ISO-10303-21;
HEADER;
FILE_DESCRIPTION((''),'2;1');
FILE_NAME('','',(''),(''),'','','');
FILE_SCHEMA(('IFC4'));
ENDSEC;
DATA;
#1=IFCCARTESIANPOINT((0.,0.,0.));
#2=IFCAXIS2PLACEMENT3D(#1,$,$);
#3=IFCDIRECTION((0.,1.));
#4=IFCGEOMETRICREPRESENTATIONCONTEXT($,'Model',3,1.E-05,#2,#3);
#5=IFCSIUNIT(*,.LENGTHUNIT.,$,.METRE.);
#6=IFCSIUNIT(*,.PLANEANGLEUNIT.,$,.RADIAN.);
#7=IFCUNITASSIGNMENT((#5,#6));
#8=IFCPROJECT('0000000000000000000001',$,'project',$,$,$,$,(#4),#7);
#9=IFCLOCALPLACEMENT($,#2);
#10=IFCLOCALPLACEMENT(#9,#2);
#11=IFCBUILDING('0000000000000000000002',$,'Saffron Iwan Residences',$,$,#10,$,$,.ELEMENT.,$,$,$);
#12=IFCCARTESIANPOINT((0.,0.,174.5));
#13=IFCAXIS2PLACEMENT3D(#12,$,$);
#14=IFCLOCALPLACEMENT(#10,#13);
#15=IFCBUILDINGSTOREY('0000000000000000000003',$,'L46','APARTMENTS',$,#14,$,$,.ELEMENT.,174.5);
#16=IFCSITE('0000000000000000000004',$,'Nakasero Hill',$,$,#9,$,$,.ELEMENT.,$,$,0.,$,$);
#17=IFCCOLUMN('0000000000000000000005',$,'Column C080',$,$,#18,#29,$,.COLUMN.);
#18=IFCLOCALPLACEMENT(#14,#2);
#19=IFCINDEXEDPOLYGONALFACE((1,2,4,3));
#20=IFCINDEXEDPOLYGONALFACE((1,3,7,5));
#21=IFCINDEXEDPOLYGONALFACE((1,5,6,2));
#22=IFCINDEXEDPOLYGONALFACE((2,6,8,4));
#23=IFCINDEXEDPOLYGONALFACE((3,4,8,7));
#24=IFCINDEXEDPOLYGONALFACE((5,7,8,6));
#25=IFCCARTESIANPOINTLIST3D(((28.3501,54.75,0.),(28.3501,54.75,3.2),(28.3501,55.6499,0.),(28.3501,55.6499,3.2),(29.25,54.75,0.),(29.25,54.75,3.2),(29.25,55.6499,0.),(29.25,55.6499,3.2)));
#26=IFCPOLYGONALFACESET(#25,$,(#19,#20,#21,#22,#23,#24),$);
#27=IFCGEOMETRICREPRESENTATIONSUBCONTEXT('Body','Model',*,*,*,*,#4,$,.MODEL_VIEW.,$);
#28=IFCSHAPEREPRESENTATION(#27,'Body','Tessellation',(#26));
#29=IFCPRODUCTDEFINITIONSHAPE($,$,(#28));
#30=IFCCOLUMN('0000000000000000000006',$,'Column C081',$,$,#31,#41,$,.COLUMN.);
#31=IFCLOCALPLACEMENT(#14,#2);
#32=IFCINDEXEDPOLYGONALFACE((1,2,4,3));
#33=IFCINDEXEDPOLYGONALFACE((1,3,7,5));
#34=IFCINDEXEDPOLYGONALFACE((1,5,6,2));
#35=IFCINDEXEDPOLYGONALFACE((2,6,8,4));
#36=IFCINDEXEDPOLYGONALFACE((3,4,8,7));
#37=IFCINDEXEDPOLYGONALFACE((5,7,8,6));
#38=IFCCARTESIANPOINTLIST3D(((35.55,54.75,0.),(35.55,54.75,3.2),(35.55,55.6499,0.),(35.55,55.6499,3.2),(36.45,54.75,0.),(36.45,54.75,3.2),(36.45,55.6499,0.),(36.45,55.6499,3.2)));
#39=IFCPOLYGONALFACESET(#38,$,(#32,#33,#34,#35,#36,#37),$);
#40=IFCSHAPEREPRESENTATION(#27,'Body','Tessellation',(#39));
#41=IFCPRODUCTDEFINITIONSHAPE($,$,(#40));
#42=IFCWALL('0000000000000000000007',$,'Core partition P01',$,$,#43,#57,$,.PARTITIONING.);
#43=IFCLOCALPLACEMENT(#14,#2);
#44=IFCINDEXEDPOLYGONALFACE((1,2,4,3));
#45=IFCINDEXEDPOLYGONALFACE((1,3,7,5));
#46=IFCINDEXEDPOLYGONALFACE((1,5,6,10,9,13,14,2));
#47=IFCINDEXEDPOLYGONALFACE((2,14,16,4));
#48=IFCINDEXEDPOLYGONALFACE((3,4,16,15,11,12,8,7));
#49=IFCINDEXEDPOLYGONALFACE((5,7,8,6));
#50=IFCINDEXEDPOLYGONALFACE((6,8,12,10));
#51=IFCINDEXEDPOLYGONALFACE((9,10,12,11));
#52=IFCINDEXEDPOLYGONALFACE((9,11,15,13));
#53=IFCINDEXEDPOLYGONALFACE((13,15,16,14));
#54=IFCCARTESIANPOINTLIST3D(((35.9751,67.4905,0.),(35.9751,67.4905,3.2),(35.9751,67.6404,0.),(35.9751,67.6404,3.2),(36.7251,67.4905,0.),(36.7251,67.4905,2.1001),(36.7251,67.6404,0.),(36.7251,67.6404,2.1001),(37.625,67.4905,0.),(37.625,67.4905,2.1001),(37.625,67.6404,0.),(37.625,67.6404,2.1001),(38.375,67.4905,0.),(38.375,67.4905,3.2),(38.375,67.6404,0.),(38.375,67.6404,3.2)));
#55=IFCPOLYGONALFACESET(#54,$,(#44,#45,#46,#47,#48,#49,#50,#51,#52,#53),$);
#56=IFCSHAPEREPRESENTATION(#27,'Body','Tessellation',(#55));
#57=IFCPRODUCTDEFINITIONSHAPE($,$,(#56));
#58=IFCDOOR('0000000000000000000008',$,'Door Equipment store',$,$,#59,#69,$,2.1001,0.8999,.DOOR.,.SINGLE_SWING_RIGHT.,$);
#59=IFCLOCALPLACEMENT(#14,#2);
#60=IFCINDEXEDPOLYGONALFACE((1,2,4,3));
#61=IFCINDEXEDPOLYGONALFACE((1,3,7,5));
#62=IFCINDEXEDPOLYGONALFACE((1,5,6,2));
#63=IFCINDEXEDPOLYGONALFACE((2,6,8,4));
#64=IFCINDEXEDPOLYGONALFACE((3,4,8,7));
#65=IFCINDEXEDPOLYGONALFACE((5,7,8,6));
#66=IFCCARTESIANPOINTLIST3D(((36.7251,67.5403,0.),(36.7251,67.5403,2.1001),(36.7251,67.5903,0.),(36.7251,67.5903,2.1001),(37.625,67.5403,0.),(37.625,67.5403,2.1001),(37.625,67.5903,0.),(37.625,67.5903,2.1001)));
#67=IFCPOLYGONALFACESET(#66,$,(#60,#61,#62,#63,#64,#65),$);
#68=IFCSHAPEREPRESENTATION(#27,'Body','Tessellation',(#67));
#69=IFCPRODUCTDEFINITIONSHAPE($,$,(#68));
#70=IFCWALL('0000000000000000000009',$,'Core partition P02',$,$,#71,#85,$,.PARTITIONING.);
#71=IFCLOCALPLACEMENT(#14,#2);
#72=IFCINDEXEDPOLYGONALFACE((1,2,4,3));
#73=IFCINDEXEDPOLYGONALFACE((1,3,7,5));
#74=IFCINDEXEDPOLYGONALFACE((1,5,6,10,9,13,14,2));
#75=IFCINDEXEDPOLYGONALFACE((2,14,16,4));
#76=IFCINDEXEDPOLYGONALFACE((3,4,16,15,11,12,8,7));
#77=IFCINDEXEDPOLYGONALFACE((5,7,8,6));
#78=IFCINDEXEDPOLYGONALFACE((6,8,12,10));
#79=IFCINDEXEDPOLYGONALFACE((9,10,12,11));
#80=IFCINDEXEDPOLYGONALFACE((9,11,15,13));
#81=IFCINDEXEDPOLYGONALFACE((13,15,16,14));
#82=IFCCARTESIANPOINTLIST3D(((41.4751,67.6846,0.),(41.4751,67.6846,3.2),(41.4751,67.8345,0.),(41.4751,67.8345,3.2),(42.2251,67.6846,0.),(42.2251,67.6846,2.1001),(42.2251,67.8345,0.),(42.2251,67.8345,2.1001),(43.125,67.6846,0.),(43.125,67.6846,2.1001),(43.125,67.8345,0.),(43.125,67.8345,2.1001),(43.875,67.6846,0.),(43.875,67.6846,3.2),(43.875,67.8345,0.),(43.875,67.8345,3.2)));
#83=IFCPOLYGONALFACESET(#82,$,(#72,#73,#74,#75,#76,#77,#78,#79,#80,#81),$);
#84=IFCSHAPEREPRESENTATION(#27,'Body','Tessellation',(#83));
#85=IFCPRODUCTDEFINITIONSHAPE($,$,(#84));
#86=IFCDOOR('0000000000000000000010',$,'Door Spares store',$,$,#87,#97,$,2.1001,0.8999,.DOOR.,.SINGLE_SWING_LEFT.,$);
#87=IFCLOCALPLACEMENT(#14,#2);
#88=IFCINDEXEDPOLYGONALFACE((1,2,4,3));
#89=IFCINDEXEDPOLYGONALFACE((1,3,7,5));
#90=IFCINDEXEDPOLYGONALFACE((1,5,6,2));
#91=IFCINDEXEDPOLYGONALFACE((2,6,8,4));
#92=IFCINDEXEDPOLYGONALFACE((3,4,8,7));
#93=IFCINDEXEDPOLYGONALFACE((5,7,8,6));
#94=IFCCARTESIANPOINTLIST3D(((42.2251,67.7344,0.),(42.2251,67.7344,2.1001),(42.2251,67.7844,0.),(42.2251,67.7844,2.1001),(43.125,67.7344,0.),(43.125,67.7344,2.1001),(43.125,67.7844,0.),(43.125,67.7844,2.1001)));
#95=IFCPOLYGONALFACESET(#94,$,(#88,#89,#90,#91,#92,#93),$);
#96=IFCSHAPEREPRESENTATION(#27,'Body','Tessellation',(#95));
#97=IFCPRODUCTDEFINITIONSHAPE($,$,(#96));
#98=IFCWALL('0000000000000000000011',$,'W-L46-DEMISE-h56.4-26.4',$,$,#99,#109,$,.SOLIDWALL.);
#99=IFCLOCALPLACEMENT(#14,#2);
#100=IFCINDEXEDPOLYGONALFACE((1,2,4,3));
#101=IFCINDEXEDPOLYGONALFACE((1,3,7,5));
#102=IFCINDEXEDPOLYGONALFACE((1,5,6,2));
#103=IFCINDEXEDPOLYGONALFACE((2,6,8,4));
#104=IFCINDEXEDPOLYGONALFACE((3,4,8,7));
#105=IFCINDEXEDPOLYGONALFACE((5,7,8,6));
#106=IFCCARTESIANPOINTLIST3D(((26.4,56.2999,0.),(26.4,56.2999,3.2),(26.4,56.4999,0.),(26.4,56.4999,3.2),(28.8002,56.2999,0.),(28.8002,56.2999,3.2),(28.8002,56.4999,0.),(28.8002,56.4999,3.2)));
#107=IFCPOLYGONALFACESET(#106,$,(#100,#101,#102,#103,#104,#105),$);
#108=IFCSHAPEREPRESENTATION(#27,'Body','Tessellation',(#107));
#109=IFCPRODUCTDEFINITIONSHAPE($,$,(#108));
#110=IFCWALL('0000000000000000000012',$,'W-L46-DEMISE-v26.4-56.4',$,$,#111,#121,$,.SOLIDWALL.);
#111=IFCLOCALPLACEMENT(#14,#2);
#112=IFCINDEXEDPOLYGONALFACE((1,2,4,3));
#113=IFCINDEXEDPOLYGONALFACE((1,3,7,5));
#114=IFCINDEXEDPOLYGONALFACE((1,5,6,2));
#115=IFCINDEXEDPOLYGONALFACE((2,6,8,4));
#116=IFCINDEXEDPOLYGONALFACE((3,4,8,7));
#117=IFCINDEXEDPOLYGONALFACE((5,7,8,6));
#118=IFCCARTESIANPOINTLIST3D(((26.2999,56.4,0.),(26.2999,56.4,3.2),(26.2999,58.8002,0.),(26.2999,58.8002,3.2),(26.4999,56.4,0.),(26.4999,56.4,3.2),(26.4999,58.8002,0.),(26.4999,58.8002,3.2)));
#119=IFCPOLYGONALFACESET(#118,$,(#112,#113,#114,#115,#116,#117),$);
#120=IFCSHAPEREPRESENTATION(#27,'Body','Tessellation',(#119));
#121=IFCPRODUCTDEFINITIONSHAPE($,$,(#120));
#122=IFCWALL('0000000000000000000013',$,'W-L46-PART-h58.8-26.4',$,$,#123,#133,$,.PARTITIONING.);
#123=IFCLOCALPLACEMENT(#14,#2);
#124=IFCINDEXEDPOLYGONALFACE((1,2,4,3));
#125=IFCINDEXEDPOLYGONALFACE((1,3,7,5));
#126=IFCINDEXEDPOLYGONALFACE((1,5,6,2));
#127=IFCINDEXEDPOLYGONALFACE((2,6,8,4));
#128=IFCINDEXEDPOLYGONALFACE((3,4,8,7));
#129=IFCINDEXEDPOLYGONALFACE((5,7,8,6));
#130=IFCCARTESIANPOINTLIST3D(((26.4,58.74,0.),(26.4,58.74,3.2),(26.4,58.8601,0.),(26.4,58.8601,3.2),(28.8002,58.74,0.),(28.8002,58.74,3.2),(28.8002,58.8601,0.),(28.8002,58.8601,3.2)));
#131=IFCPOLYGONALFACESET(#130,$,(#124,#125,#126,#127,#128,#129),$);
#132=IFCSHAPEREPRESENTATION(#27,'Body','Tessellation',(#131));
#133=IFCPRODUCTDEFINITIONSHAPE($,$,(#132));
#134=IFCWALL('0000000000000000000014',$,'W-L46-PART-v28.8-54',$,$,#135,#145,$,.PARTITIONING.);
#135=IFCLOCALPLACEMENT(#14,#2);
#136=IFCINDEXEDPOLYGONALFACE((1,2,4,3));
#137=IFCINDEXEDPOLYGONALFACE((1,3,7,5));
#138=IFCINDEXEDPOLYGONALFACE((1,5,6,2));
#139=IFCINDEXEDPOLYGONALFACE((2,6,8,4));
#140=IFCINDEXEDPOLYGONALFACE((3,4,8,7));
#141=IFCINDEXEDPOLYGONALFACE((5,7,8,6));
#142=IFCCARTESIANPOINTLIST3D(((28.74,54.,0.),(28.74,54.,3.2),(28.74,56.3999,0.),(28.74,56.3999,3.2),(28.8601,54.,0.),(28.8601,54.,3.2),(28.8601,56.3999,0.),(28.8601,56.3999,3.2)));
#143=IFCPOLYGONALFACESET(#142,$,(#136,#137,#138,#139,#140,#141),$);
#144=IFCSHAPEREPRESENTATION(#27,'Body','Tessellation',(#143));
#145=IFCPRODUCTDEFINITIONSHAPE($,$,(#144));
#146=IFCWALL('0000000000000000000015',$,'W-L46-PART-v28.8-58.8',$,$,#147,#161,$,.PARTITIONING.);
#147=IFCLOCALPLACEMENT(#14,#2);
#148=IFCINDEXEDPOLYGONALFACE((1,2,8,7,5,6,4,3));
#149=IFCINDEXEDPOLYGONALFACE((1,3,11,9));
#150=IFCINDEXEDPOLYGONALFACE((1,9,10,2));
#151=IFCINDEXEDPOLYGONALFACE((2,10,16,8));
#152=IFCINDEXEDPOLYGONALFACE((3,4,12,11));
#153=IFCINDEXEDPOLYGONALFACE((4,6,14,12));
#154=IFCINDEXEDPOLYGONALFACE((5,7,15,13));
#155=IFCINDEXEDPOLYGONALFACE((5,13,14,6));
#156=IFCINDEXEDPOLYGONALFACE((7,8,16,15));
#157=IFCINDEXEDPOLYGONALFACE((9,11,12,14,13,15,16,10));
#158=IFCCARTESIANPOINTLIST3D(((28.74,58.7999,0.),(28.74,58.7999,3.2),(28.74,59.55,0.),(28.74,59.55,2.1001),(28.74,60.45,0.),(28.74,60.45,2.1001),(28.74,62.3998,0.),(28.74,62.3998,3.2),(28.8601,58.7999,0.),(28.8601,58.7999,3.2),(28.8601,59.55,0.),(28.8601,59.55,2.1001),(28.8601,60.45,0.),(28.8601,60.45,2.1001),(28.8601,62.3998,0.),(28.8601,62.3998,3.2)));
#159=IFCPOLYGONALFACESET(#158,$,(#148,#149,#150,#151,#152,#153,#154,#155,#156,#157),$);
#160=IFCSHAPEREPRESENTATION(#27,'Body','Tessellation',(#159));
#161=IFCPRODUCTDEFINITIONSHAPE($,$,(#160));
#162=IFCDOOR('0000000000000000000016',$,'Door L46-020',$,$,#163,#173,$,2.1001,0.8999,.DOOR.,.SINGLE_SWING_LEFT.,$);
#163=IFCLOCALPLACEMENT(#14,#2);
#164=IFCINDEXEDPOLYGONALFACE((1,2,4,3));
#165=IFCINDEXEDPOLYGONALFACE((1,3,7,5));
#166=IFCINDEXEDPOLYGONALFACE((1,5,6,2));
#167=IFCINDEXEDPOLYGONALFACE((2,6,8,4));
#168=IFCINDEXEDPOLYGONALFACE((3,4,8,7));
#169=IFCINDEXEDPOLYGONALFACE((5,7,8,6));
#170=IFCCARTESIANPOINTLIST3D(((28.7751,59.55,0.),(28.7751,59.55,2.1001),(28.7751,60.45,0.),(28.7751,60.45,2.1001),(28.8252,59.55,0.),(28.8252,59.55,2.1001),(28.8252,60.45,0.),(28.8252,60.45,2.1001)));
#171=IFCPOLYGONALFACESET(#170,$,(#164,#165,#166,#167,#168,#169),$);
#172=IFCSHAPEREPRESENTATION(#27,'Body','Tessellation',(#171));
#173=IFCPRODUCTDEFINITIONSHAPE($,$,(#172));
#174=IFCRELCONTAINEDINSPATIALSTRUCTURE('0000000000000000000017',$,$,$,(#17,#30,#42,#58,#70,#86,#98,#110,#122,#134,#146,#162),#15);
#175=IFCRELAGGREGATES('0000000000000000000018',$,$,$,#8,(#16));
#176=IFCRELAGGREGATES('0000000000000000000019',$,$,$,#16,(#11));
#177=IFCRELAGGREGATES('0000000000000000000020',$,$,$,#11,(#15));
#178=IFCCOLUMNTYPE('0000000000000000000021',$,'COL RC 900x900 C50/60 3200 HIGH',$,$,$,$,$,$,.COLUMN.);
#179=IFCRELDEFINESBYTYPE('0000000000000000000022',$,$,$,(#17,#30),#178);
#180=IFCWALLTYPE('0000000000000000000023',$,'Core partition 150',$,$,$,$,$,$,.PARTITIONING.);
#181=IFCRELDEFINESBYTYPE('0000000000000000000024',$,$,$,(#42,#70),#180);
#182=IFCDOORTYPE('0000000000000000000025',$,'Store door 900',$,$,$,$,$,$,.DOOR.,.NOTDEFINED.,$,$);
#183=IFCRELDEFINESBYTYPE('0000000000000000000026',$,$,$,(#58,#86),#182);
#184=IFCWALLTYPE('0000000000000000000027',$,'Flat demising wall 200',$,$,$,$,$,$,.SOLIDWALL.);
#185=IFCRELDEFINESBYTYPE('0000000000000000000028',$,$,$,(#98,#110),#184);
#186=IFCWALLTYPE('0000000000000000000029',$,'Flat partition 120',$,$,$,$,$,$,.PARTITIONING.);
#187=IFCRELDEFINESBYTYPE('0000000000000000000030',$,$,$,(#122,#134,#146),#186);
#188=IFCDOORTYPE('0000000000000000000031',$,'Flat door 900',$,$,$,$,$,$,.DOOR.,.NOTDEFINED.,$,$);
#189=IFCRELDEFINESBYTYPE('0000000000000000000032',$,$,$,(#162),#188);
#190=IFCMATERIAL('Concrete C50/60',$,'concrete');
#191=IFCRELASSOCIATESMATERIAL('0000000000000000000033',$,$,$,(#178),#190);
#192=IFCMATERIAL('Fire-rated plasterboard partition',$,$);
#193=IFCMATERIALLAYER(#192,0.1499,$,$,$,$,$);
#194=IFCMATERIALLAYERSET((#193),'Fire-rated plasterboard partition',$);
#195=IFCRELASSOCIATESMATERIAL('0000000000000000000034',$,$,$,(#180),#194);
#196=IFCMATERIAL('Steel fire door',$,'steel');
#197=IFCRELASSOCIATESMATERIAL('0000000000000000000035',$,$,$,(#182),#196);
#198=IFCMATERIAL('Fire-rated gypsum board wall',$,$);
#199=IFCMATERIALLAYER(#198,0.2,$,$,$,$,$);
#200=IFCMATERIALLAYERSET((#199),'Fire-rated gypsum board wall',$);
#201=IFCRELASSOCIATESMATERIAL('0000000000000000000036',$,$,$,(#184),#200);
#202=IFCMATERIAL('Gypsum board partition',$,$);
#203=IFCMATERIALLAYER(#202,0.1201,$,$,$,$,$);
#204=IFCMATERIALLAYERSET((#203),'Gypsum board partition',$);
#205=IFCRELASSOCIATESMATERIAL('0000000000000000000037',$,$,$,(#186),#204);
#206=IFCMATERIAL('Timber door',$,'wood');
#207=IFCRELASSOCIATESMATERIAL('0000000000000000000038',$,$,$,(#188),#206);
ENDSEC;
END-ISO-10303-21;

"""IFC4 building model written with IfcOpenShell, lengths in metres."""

from ifc_helpers import new_model, si_unit, direction, frame, frame_2d, origin, origin_2d, place, context, subcontext, project, spatial, rectangle, extrude, source, transform, mapped, material, layer, layer_set, material_profile, profile_set, type_object, element, fill, save


model = new_model("IFC4")

# Units and contexts
model_context = context("Model", 3, precision=1e-05, world=origin(), true_north=direction((0.0, 1.0)))
body_context = subcontext(model_context, "Body", "Model", "MODEL_VIEW")
ifc_project = project(units=[si_unit("LENGTHUNIT", "METRE"), si_unit("PLANEANGLEUNIT", "RADIAN")], contexts=[model_context])

# Site, building, storey
site_placement = place(None, origin())
site = spatial("IfcSite", under=ifc_project, at=site_placement, Name="Nakasero Hill", CompositionType="ELEMENT", RefElevation=0.0)
building_placement = place(site_placement, origin())
building = spatial("IfcBuilding", under=site, at=building_placement, Name="Saffron Iwan Residences", CompositionType="ELEMENT")
storey_placement = place(building_placement, frame((0.0, 0.0, 174.5)))
storey = spatial("IfcBuildingStorey", under=building, at=storey_placement, Name="L46", Description="APARTMENTS", CompositionType="ELEMENT", Elevation=174.5)

# Columns
ifc_material_1 = material(Name="Concrete C50/60", Category="concrete")
ifc_material_profile = material_profile(ifc_material_1, rectangle(XDim=0.8999, YDim=0.8999, at=origin_2d()), Name="RC 900x900")
ifc_profile_set = profile_set([ifc_material_profile], Name="Concrete C50/60")
column_type = type_object("IfcColumnType", Name="COL RC 900x900 C50/60 3200 HIGH", PredefinedType="COLUMN", material=ifc_profile_set)
shared_shape = source(origin(), body_context, "Body", "SweptSolid", [
    extrude(rectangle(XDim=0.8999, YDim=0.8999, at=origin_2d()), origin(), (0.0, 0.0, 1.0), 3.2),
])
for number, where, z_axis, x_axis, name in (
    (1, (28.8, 55.2, 0.0), (0.0, 0.0, 1.0), (1.0, 0.0, 0.0), "Column C080"),
    (2, (36.0, 55.2, 0.0), (0.0, 0.0, 1.0), (1.0, 0.0, 0.0), "Column C081"),
):
    element("IfcColumn", number, at=place(storey_placement, frame(where, z_axis=z_axis, x_axis=x_axis)), inside=storey, type_object=column_type, Name=name, PredefinedType="COLUMN", context=body_context, shape_type="MappedRepresentation", body=[
        mapped(shared_shape, transform((0.0, 0.0, 0.0))),
    ])

# Walls, openings, doors
ifc_material_2 = material(Name="Fire-rated plasterboard partition")
ifc_layer_1 = layer(ifc_material_2, 0.1499)
ifc_layer_set_1 = layer_set([ifc_layer_1], Name="Fire-rated plasterboard partition")
wall_type_1 = type_object("IfcWallType", Name="Core partition 150", PredefinedType="PARTITIONING", material=ifc_layer_set_1)
wall_1_placement = place(storey_placement, frame((35.9751, 67.5654, 0.0), z_axis=(0.0, 0.0, 1.0), x_axis=(1.0, 0.0, 0.0)))
wall_1 = element("IfcWall", 3, at=wall_1_placement, inside=storey, type_object=wall_type_1, Name="Core partition P01", PredefinedType="PARTITIONING", context=body_context, shape_type="SweptSolid", body=[
    extrude(rectangle(XDim=2.3999, YDim=0.1499, at=frame_2d((1.2, 0.0))), origin(), (0.0, 0.0, 1.0), 3.2),
])
opening_1_placement = place(wall_1_placement, frame((0.75, 0.0, 0.0)))
opening_1 = element("IfcOpeningElement", 4, at=opening_1_placement, cuts=wall_1, PredefinedType="OPENING", context=body_context, shape_type="SweptSolid", body=[
    extrude(rectangle(XDim=0.8999, YDim=2.1001, at=frame_2d((0.45, 1.05))), frame((0.0, 0.085, 0.0), z_axis=(0.0, -1.0, 0.0), x_axis=(1.0, 0.0, 0.0)), (0.0, 0.0, 1.0), 0.1699),
])
ifc_material_3 = material(Name="Steel fire door", Category="steel")
door_type_1 = type_object("IfcDoorType", Name="Store door 900", OperationType="NOTDEFINED", PredefinedType="DOOR", material=ifc_material_3)
door_1_placement = place(opening_1_placement, origin())
door_1 = element("IfcDoor", 5, at=door_1_placement, inside=storey, type_object=door_type_1, Name="Door Equipment store", OperationType="SINGLE_SWING_RIGHT", OverallHeight=2.1001, OverallWidth=0.8999, PredefinedType="DOOR", context=body_context, shape_type="SweptSolid", body=[
    extrude(rectangle(XDim=0.8999, YDim=2.1001, at=frame_2d((0.45, 1.05))), frame((0.0, 0.0249, 0.0), z_axis=(0.0, -1.0, 0.0), x_axis=(1.0, 0.0, 0.0)), (0.0, 0.0, 1.0), 0.05),
])
fill(opening_1, door_1)
wall_2_placement = place(storey_placement, frame((41.4751, 67.7595, 0.0), z_axis=(0.0, 0.0, 1.0), x_axis=(1.0, 0.0, 0.0)))
wall_2 = element("IfcWall", 6, at=wall_2_placement, inside=storey, type_object=wall_type_1, Name="Core partition P02", PredefinedType="PARTITIONING", context=body_context, shape_type="SweptSolid", body=[
    extrude(rectangle(XDim=2.3999, YDim=0.1499, at=frame_2d((1.2, 0.0))), origin(), (0.0, 0.0, 1.0), 3.2),
])
opening_2_placement = place(wall_2_placement, frame((0.75, 0.0, 0.0)))
opening_2 = element("IfcOpeningElement", 7, at=opening_2_placement, cuts=wall_2, PredefinedType="OPENING", context=body_context, shape_type="SweptSolid", body=[
    extrude(rectangle(XDim=0.8999, YDim=2.1001, at=frame_2d((0.45, 1.05))), frame((0.0, 0.085, 0.0), z_axis=(0.0, -1.0, 0.0), x_axis=(1.0, 0.0, 0.0)), (0.0, 0.0, 1.0), 0.1699),
])
door_2_placement = place(opening_2_placement, origin())
door_2 = element("IfcDoor", 8, at=door_2_placement, inside=storey, type_object=door_type_1, Name="Door Spares store", OperationType="SINGLE_SWING_LEFT", OverallHeight=2.1001, OverallWidth=0.8999, PredefinedType="DOOR", context=body_context, shape_type="SweptSolid", body=[
    extrude(rectangle(XDim=0.8999, YDim=2.1001, at=frame_2d((0.45, 1.05))), frame((0.0, 0.0249, 0.0), z_axis=(0.0, -1.0, 0.0), x_axis=(1.0, 0.0, 0.0)), (0.0, 0.0, 1.0), 0.05),
])
fill(opening_2, door_2)

# Walls
ifc_material_4 = material(Name="Fire-rated gypsum board wall")
ifc_layer_2 = layer(ifc_material_4, 0.2)
ifc_layer_set_2 = layer_set([ifc_layer_2], Name="Fire-rated gypsum board wall")
wall_type_2 = type_object("IfcWallType", Name="Flat demising wall 200", PredefinedType="SOLIDWALL", material=ifc_layer_set_2)
for number, where, z_axis, x_axis, name in (
    (9, (26.3999, 56.3999, 0.0), (0.0, 0.0, 1.0), (1.0, 0.0, 0.0), "W-L46-DEMISE-h56.4-26.4"),
    (10, (26.3999, 56.3999, 0.0), (0.0, 0.0, 1.0), (0.0, 1.0, 0.0), "W-L46-DEMISE-v26.4-56.4"),
):
    element("IfcWall", number, at=place(storey_placement, frame(where, z_axis=z_axis, x_axis=x_axis)), inside=storey, type_object=wall_type_2, Name=name, PredefinedType="SOLIDWALL", context=body_context, shape_type="SweptSolid", body=[
        extrude(rectangle(XDim=2.4001, YDim=0.2, at=frame_2d((1.2002, 0.0))), origin(), (0.0, 0.0, 1.0), 3.2),
    ])
ifc_material_5 = material(Name="Gypsum board partition")
ifc_layer_3 = layer(ifc_material_5, 0.1201)
ifc_layer_set_3 = layer_set([ifc_layer_3], Name="Gypsum board partition")
wall_type_3 = type_object("IfcWallType", Name="Flat partition 120", PredefinedType="PARTITIONING", material=ifc_layer_set_3)
wall_3_placement = place(storey_placement, frame((26.3999, 58.8, 0.0), z_axis=(0.0, 0.0, 1.0), x_axis=(1.0, 0.0, 0.0)))
element("IfcWall", 11, at=wall_3_placement, inside=storey, type_object=wall_type_3, Name="W-L46-PART-h58.8-26.4", PredefinedType="PARTITIONING", context=body_context, shape_type="SweptSolid", body=[
    extrude(rectangle(XDim=2.4001, YDim=0.1201, at=frame_2d((1.2002, 0.0))), origin(), (0.0, 0.0, 1.0), 3.2),
])
wall_4_placement = place(storey_placement, frame((28.8, 54.0, 0.0), z_axis=(0.0, 0.0, 1.0), x_axis=(0.0, 1.0, 0.0)))
element("IfcWall", 12, at=wall_4_placement, inside=storey, type_object=wall_type_3, Name="W-L46-PART-v28.8-54", PredefinedType="PARTITIONING", context=body_context, shape_type="SweptSolid", body=[
    extrude(rectangle(XDim=2.3999, YDim=0.1201, at=frame_2d((1.2, 0.0))), origin(), (0.0, 0.0, 1.0), 3.2),
])

# Wall, opening, door
wall_5_placement = place(storey_placement, frame((28.8, 58.8, 0.0), z_axis=(0.0, 0.0, 1.0), x_axis=(0.0, 1.0, 0.0)))
wall_5 = element("IfcWall", 13, at=wall_5_placement, inside=storey, type_object=wall_type_3, Name="W-L46-PART-v28.8-58.8", PredefinedType="PARTITIONING", context=body_context, shape_type="SweptSolid", body=[
    extrude(rectangle(XDim=3.5999, YDim=0.1201, at=frame_2d((1.7998, 0.0))), origin(), (0.0, 0.0, 1.0), 3.2),
])
opening_3_placement = place(wall_5_placement, frame((0.75, 0.0, 0.0)))
opening_3 = element("IfcOpeningElement", 14, at=opening_3_placement, cuts=wall_5, PredefinedType="OPENING", context=body_context, shape_type="SweptSolid", body=[
    extrude(rectangle(XDim=0.8999, YDim=2.1001, at=frame_2d((0.45, 1.05))), frame((0.0, 0.0701, 0.0), z_axis=(0.0, -1.0, 0.0), x_axis=(1.0, 0.0, 0.0)), (0.0, 0.0, 1.0), 0.1401),
])
ifc_material_6 = material(Name="Timber door", Category="wood")
door_type_2 = type_object("IfcDoorType", Name="Flat door 900", OperationType="NOTDEFINED", PredefinedType="DOOR", material=ifc_material_6)
door_3_placement = place(opening_3_placement, origin())
door_3 = element("IfcDoor", 15, at=door_3_placement, inside=storey, type_object=door_type_2, Name="Door L46-020", OperationType="SINGLE_SWING_LEFT", OverallHeight=2.1001, OverallWidth=0.8999, PredefinedType="DOOR", context=body_context, shape_type="SweptSolid", body=[
    extrude(rectangle(XDim=0.8999, YDim=2.1001, at=frame_2d((0.45, 1.05))), frame((0.0, 0.0249, 0.0), z_axis=(0.0, -1.0, 0.0), x_axis=(1.0, 0.0, 0.0)), (0.0, 0.0, 1.0), 0.05),
])
fill(opening_3, door_3)

save(model, "model.ifc")
